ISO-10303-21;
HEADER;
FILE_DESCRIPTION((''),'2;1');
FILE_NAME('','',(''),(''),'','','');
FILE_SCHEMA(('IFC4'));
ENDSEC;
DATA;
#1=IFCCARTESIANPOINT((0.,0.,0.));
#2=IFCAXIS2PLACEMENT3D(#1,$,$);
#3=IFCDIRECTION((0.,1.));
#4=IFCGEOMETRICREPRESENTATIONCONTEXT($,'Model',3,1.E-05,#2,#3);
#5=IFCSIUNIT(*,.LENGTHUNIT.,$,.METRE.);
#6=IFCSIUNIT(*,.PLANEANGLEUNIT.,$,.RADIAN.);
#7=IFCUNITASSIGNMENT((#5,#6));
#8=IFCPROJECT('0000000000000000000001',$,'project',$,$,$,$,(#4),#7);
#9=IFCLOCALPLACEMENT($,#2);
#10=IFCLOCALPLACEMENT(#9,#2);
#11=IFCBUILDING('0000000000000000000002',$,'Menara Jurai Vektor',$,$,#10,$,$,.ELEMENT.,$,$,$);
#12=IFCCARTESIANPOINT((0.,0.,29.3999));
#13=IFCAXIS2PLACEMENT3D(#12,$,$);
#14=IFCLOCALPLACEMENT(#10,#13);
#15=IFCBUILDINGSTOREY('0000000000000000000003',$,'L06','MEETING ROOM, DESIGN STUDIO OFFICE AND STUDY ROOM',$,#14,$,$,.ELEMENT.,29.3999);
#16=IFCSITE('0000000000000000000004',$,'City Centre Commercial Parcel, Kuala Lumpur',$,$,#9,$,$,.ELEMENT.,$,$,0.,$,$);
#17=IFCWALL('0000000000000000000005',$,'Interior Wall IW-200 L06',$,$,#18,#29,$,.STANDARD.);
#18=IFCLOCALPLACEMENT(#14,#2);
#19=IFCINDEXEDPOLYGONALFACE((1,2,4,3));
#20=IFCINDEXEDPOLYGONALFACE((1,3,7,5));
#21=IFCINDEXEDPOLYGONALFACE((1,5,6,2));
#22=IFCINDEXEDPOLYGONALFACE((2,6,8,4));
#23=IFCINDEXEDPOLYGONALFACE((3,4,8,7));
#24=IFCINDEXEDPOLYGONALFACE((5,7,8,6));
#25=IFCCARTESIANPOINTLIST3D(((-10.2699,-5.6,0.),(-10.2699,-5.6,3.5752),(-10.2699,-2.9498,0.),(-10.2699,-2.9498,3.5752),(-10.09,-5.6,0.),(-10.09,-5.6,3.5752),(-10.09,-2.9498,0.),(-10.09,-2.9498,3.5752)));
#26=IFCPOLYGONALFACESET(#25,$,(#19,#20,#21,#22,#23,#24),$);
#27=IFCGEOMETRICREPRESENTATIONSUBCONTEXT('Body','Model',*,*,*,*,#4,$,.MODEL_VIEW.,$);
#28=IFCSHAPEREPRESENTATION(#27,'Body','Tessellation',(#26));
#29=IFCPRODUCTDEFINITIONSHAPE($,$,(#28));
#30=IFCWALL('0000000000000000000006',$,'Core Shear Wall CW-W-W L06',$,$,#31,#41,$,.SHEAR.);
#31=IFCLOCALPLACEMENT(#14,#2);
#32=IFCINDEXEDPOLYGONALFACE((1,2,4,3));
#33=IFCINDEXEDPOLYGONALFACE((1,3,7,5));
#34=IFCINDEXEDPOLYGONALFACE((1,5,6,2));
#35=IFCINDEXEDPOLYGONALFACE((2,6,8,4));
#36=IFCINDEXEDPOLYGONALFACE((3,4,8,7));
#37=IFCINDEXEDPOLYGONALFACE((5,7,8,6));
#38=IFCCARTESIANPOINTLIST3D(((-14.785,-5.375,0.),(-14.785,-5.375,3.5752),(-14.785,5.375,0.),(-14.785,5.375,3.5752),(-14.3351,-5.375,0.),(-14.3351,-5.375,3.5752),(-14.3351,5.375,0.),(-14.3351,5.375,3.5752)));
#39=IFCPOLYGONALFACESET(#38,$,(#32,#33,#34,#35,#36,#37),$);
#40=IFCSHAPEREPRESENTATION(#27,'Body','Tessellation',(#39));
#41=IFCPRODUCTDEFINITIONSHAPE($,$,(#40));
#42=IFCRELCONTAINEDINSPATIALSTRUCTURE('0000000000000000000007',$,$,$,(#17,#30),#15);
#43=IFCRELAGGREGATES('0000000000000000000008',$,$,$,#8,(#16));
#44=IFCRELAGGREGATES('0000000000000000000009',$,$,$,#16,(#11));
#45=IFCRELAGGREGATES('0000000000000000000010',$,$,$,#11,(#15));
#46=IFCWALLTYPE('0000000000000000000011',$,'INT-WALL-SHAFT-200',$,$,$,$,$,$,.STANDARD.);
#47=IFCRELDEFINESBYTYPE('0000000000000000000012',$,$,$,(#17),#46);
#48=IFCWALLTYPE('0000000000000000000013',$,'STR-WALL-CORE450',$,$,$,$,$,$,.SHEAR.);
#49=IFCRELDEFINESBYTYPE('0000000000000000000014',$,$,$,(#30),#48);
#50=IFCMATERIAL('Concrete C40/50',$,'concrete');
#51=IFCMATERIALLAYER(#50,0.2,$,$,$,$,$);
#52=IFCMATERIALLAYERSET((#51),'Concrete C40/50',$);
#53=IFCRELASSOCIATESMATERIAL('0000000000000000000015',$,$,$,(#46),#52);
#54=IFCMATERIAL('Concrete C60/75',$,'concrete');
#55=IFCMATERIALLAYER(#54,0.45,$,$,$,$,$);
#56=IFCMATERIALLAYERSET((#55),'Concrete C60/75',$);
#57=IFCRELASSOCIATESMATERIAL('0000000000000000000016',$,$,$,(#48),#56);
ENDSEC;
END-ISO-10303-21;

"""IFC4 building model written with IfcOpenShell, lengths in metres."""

from ifc_helpers import new_model, si_unit, direction, frame, frame_2d, origin, place, context, subcontext, project, spatial, rectangle, extrude, material, layer, layer_set, type_object, element, save


model = new_model("IFC4")

# Units and contexts
model_context = context("Model", 3, precision=1e-05, world=origin(), true_north=direction((0.0, 1.0)))
body_context = subcontext(model_context, "Body", "Model", "MODEL_VIEW")
ifc_project = project(units=[si_unit("LENGTHUNIT", "METRE"), si_unit("PLANEANGLEUNIT", "RADIAN")], contexts=[model_context])

# Site, building, storey
site_placement = place(None, origin())
site = spatial("IfcSite", under=ifc_project, at=site_placement, Name="City Centre Commercial Parcel, Kuala Lumpur", CompositionType="ELEMENT", RefElevation=0.0)
building_placement = place(site_placement, origin())
building = spatial("IfcBuilding", under=site, at=building_placement, Name="Menara Jurai Vektor", CompositionType="ELEMENT")
storey_placement = place(building_placement, frame((0.0, 0.0, 29.3999)))
storey = spatial("IfcBuildingStorey", under=building, at=storey_placement, Name="L06", Description="MEETING ROOM, DESIGN STUDIO OFFICE AND STUDY ROOM", CompositionType="ELEMENT", Elevation=29.3999)

# Shared definitions
ifc_material_1 = material(Name="Concrete C60/75", Category="concrete")

# Shared definitions
ifc_material_2 = material(Name="Concrete C40/50", Category="concrete")

# Shared definitions
ifc_layer_1 = layer(ifc_material_2, 0.2)
ifc_layer_set_1 = layer_set([ifc_layer_1], Name="Concrete C40/50")
wall_type_1 = type_object("IfcWallType", Name="INT-WALL-SHAFT-200", PredefinedType="STANDARD", material=ifc_layer_set_1)

# Walls
wall_1_placement = place(storey_placement, frame((-10.1799, -5.6001, 0.0), z_axis=(0.0, 0.0, 1.0), x_axis=(0.0, 1.0, 0.0)))
element("IfcWall", 1, at=wall_1_placement, inside=storey, type_object=wall_type_1, Name="Interior Wall IW-200 L06", PredefinedType="STANDARD", context=body_context, shape_type="SweptSolid", body=[
    extrude(rectangle(XDim=2.6501, YDim=0.1799, at=frame_2d((1.3252, 0.0))), origin(), (0.0, 0.0, 1.0), 3.5752),
])
ifc_layer_2 = layer(ifc_material_1, 0.45)
ifc_layer_set_2 = layer_set([ifc_layer_2], Name="Concrete C60/75")
wall_type_2 = type_object("IfcWallType", Name="STR-WALL-CORE450", PredefinedType="SHEAR", material=ifc_layer_set_2)
wall_2_placement = place(storey_placement, frame((-14.5601, -5.375, 0.0), z_axis=(0.0, 0.0, 1.0), x_axis=(0.0, 1.0, 0.0)))
element("IfcWall", 2, at=wall_2_placement, inside=storey, type_object=wall_type_2, Name="Core Shear Wall CW-W-W L06", PredefinedType="SHEAR", context=body_context, shape_type="SweptSolid", body=[
    extrude(rectangle(XDim=10.75, YDim=0.45, at=frame_2d((5.375, 0.0))), origin(), (0.0, 0.0, 1.0), 3.5752),
])

save(model, "model.ifc")
